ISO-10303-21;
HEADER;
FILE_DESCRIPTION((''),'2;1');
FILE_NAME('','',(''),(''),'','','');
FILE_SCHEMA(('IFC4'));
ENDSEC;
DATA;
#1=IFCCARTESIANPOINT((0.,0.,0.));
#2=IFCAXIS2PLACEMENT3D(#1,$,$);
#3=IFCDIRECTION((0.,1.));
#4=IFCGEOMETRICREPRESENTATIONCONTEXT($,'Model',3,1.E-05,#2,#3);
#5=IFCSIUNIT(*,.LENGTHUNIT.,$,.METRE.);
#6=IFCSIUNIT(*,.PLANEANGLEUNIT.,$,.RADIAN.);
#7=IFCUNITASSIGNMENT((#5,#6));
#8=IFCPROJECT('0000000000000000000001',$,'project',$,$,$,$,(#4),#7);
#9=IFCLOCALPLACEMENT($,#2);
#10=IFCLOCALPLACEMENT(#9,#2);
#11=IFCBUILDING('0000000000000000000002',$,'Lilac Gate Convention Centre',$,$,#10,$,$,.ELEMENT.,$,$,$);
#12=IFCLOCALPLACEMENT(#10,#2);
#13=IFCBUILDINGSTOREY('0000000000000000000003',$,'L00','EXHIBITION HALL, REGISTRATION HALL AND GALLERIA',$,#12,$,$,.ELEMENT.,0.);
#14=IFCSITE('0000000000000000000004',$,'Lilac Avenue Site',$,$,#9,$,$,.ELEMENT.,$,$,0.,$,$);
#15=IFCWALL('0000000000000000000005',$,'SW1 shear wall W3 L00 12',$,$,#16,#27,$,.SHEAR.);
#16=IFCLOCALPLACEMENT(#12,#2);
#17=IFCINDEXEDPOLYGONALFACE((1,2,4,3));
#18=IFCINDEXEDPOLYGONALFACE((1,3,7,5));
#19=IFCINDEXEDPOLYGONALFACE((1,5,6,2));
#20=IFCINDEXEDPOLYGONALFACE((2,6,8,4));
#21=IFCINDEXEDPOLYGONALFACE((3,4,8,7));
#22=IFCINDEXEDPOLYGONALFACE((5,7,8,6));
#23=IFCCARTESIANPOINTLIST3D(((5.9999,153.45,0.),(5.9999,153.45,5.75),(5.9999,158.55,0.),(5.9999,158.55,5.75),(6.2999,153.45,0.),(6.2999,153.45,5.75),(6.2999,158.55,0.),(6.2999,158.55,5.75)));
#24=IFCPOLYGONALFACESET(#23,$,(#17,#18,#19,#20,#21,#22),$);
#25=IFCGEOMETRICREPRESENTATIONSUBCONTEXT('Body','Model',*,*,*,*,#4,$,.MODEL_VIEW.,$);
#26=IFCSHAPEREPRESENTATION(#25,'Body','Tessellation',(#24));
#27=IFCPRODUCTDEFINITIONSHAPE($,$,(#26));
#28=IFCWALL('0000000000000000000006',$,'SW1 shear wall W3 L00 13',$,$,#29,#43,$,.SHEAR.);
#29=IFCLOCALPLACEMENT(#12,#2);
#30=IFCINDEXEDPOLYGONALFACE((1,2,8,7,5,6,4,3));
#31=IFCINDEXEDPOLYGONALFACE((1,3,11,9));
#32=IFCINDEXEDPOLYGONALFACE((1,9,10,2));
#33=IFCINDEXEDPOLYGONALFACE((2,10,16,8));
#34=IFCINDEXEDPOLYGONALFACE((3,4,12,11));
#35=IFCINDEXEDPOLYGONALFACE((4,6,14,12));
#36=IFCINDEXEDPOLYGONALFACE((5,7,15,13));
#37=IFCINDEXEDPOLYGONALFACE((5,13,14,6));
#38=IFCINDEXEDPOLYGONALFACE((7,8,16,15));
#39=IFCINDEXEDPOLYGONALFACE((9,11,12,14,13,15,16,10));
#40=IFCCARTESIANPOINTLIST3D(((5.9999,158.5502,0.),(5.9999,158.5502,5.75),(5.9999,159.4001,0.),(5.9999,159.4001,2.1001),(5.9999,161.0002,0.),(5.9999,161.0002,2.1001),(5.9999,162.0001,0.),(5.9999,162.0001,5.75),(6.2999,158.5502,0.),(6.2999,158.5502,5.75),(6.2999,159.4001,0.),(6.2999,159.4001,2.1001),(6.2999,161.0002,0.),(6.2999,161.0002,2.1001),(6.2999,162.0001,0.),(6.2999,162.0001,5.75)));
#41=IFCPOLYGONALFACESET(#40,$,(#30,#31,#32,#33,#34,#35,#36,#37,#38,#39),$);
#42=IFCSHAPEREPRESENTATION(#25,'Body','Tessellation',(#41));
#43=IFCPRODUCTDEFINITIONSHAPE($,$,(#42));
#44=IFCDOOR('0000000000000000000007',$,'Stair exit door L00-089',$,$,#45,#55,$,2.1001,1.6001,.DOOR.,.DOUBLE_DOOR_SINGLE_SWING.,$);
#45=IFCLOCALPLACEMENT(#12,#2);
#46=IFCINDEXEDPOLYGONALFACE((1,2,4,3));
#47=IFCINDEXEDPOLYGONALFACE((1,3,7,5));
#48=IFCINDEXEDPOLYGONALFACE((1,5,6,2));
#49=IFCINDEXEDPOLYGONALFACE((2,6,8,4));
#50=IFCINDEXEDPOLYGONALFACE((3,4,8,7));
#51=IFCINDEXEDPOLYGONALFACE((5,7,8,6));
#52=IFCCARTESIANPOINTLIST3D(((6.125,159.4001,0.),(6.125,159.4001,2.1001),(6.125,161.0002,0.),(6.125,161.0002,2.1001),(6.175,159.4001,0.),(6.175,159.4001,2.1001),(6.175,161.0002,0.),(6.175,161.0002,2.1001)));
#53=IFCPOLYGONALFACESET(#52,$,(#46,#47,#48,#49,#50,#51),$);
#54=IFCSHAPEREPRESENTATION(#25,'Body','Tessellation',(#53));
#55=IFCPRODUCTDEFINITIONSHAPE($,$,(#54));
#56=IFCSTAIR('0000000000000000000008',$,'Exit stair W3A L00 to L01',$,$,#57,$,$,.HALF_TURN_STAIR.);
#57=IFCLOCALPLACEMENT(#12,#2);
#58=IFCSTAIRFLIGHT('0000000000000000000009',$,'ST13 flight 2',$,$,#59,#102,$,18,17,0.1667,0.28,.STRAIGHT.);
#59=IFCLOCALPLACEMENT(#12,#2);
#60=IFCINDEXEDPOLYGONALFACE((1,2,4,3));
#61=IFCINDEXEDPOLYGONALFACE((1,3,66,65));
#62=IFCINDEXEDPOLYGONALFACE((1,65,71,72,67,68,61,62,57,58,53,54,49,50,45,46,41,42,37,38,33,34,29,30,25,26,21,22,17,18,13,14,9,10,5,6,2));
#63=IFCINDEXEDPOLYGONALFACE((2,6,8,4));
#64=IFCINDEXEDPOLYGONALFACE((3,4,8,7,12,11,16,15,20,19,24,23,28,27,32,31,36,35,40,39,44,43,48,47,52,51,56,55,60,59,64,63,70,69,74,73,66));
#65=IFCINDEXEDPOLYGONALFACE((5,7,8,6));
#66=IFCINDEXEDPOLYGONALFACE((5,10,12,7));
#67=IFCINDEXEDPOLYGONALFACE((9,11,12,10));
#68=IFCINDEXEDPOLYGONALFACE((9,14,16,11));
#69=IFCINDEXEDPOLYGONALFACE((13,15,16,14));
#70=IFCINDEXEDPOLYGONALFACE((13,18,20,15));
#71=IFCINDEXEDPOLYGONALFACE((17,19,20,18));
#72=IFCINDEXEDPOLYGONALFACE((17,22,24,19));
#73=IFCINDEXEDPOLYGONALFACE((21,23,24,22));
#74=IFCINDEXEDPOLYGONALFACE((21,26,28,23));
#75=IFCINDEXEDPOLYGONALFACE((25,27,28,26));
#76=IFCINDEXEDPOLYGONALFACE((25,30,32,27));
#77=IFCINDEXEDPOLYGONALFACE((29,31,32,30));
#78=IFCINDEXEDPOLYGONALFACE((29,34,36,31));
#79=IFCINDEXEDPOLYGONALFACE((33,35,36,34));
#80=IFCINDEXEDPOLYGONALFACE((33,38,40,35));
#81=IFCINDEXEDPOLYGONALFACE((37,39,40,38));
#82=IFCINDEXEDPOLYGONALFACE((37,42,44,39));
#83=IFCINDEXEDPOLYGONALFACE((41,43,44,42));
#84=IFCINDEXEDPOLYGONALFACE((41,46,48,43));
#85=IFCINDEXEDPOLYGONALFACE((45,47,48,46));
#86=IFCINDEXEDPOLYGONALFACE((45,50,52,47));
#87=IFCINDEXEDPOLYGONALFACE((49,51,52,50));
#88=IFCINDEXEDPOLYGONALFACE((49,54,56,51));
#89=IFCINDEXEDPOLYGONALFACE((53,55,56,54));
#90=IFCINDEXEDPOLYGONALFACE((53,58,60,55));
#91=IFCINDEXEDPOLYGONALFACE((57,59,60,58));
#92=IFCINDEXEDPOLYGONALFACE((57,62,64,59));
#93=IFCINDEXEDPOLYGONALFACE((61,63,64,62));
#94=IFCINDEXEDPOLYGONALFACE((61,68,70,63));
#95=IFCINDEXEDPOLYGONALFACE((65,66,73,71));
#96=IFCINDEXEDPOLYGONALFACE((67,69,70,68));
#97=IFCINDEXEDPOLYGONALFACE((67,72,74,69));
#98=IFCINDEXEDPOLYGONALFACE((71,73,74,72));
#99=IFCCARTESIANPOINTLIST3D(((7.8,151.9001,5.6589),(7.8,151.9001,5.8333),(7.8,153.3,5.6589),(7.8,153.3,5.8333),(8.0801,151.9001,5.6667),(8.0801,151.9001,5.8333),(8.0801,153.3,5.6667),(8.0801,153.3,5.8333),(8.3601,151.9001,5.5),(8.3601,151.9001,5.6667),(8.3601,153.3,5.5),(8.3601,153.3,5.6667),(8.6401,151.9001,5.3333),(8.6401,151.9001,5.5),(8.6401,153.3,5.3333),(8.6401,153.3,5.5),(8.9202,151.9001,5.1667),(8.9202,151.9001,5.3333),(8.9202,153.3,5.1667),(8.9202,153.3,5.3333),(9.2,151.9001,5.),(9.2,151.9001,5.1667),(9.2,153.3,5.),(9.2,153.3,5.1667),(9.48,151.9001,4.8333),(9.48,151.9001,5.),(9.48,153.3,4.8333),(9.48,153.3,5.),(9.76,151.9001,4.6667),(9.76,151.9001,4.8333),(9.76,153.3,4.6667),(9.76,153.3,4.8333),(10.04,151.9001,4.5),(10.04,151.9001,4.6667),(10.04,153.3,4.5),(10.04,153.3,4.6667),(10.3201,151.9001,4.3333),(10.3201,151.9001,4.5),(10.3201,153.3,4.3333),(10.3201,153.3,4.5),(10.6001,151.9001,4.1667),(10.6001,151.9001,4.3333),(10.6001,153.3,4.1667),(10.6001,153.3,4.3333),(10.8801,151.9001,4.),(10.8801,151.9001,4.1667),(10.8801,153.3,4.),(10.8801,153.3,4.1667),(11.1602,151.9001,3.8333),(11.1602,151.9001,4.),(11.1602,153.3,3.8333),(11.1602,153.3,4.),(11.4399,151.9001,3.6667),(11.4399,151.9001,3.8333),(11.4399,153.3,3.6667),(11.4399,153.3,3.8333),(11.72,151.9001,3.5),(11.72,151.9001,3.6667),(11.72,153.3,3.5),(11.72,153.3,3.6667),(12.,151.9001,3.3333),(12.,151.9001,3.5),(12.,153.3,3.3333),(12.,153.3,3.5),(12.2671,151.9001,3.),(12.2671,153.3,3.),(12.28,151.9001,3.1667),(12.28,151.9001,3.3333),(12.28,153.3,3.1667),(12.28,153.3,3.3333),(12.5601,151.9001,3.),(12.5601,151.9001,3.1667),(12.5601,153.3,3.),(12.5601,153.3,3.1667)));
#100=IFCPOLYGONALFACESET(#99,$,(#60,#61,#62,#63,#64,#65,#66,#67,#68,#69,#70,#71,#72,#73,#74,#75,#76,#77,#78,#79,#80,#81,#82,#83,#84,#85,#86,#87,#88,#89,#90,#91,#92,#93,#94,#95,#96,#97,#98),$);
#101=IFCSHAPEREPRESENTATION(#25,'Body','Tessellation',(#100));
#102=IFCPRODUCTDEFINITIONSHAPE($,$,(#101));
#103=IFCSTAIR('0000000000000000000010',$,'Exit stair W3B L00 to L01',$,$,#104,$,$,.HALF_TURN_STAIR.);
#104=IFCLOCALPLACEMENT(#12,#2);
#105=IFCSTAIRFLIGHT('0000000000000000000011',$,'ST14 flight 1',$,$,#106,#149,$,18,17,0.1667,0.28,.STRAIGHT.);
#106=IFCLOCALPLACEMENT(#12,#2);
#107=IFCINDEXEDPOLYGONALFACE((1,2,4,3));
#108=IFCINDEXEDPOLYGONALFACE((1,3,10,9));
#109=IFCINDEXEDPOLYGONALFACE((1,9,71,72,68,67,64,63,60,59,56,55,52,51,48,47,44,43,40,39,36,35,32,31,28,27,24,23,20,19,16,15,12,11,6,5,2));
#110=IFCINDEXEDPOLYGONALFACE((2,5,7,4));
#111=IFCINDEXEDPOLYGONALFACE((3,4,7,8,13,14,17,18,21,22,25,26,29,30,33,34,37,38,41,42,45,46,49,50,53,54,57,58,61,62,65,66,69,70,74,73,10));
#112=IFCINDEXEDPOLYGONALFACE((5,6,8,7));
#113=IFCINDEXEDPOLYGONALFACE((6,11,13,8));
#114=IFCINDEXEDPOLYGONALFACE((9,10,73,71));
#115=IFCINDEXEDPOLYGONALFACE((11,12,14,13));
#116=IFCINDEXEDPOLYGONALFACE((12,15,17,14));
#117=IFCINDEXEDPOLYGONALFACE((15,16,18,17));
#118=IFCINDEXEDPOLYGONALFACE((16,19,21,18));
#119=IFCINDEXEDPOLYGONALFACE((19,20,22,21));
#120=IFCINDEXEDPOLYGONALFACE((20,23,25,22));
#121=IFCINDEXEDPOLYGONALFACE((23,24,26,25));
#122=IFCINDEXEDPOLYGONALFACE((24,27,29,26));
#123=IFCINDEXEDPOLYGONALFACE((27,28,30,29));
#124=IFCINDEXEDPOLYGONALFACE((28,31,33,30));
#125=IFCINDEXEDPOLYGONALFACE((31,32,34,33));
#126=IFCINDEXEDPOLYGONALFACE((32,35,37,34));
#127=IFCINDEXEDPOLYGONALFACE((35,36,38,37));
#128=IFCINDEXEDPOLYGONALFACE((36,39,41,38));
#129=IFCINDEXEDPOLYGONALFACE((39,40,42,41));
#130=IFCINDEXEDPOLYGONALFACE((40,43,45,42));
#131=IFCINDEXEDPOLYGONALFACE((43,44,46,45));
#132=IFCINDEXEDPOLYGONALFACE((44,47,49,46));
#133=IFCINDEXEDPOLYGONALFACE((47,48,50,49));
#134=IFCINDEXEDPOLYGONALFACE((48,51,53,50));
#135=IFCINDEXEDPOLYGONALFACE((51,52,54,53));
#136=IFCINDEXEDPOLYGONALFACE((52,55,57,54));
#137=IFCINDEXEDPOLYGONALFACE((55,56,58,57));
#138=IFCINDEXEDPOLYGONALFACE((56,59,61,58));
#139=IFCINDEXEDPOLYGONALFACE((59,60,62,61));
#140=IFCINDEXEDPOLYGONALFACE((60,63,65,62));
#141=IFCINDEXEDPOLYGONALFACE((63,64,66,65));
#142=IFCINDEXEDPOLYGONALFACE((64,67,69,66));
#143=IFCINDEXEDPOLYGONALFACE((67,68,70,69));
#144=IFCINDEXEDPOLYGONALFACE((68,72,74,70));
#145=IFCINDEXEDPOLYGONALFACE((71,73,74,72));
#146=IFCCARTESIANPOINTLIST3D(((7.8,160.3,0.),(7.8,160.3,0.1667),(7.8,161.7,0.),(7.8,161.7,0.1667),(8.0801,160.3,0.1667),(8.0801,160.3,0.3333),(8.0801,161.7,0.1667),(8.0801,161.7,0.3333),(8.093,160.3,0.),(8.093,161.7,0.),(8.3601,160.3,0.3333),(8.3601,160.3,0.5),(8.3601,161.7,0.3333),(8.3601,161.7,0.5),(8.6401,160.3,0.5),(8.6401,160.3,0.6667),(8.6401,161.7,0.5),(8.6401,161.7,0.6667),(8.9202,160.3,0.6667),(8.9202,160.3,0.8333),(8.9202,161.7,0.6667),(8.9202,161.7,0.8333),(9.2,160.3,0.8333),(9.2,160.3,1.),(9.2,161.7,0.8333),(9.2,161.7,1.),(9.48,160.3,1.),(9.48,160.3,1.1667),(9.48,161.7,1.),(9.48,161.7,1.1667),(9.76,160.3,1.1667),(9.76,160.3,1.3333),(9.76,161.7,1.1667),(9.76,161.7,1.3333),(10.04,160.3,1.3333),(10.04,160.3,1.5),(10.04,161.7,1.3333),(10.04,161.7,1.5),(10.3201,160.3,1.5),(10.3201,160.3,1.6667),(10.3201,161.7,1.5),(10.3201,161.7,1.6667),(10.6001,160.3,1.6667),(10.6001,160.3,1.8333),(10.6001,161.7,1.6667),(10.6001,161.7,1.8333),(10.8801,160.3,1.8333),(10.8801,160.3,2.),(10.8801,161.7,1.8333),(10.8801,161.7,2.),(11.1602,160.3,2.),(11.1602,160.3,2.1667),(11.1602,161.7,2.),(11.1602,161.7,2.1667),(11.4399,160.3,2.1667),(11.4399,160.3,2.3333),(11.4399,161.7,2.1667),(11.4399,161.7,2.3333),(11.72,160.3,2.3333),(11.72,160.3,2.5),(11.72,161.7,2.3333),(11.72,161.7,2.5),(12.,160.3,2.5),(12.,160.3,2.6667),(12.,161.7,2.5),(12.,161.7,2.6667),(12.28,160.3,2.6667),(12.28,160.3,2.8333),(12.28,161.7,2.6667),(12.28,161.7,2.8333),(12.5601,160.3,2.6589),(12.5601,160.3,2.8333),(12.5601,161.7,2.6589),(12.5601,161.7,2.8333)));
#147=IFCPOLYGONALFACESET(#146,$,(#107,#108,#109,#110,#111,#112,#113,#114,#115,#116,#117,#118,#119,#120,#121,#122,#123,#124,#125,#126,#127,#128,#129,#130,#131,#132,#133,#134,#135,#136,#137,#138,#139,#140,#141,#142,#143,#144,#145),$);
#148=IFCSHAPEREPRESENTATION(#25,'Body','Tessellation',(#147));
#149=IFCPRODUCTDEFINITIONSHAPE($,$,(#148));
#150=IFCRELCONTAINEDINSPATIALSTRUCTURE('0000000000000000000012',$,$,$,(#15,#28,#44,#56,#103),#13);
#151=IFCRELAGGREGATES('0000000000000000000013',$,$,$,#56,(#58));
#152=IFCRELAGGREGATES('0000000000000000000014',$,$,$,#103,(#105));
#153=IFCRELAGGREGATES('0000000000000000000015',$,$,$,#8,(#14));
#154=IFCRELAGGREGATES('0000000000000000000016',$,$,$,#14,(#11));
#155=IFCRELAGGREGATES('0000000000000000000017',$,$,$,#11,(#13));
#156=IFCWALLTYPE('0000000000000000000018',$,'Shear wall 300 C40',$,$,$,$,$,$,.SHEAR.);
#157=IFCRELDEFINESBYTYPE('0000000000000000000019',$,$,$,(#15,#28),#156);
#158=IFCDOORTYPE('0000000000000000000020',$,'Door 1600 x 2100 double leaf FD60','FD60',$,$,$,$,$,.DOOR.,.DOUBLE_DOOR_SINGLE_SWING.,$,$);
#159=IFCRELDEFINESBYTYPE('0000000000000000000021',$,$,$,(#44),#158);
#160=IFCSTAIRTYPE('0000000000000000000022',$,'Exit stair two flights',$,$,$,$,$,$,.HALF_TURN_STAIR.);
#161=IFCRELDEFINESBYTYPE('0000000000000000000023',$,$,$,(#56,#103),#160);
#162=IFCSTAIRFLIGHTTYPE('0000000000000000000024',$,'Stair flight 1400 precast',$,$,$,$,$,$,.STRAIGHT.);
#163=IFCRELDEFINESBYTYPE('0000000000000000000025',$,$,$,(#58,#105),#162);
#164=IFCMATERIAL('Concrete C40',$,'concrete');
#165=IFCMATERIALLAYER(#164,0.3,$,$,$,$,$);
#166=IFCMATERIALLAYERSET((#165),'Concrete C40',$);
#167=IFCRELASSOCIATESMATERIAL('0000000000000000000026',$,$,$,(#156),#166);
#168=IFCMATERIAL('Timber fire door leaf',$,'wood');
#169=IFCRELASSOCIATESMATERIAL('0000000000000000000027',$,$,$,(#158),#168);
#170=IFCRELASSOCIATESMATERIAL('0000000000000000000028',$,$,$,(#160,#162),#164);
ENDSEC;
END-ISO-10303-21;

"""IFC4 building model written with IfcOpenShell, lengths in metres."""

from ifc_helpers import new_model, si_unit, direction, frame, frame_2d, origin, place, context, subcontext, project, spatial, polyline, rectangle, outline, extrude, material, layer, layer_set, type_object, element, fill, aggregate, save


model = new_model("IFC4")

# Units and contexts
model_context = context("Model", 3, precision=1e-05, world=origin(), true_north=direction((0.0, 1.0)))
body_context = subcontext(model_context, "Body", "Model", "MODEL_VIEW")
ifc_project = project(units=[si_unit("LENGTHUNIT", "METRE"), si_unit("PLANEANGLEUNIT", "RADIAN")], contexts=[model_context])

# Site, building, storey
site_placement = place(None, origin())
site = spatial("IfcSite", under=ifc_project, at=site_placement, Name="Lilac Avenue Site", CompositionType="ELEMENT", RefElevation=0.0)
building_placement = place(site_placement, origin())
building = spatial("IfcBuilding", under=site, at=building_placement, Name="Lilac Gate Convention Centre", CompositionType="ELEMENT")
storey_placement = place(building_placement, origin())
storey = spatial("IfcBuildingStorey", under=building, at=storey_placement, Name="L00", Description="EXHIBITION HALL, REGISTRATION HALL AND GALLERIA", CompositionType="ELEMENT", Elevation=0.0)

# Shared definitions
ifc_material_1 = material(Name="Timber fire door leaf", Category="wood")

# Shared definitions
ifc_material_2 = material(Name="Concrete C40", Category="concrete")
ifc_layer_1 = layer(ifc_material_2, 0.3)
ifc_layer_set_1 = layer_set([ifc_layer_1], Name="Concrete C40")
wall_type_1 = type_object("IfcWallType", Name="Shear wall 300 C40", PredefinedType="SHEAR", material=ifc_layer_set_1)

# Wall
wall_1_placement = place(storey_placement, frame((6.1499, 153.45, 0.0), z_axis=(0.0, 0.0, 1.0), x_axis=(0.0, 1.0, 0.0)))
element("IfcWall", 1, at=wall_1_placement, inside=storey, type_object=wall_type_1, Name="SW1 shear wall W3 L00 12", PredefinedType="SHEAR", context=body_context, shape_type="SweptSolid", body=[
    extrude(rectangle(XDim=5.1001, YDim=0.3, at=frame_2d((2.55, 0.0))), origin(), (0.0, 0.0, 1.0), 5.75),
])

# Wall, opening, door
wall_2_placement = place(storey_placement, frame((6.1499, 158.55, 0.0), z_axis=(0.0, 0.0, 1.0), x_axis=(0.0, 1.0, 0.0)))
wall_2 = element("IfcWall", 2, at=wall_2_placement, inside=storey, type_object=wall_type_1, Name="SW1 shear wall W3 L00 13", PredefinedType="SHEAR", context=body_context, shape_type="SweptSolid", body=[
    extrude(rectangle(XDim=3.45, YDim=0.3, at=frame_2d((1.7251, 0.0))), origin(), (0.0, 0.0, 1.0), 5.75),
])
opening_1_placement = place(wall_2_placement, frame((0.8501, 0.0, 0.0)))
opening_1 = element("IfcOpeningElement", 3, at=opening_1_placement, cuts=wall_2, PredefinedType="OPENING", context=body_context, shape_type="SweptSolid", body=[
    extrude(rectangle(XDim=1.6001, YDim=2.1001, at=frame_2d((0.8, 1.05))), frame((0.0, 0.1599, 0.0), z_axis=(0.0, -1.0, 0.0), x_axis=(1.0, 0.0, 0.0)), (0.0, 0.0, 1.0), 0.3201),
])
door_type_1 = type_object("IfcDoorType", Name="Door 1600 x 2100 double leaf FD60", Description="FD60", OperationType="DOUBLE_DOOR_SINGLE_SWING", PredefinedType="DOOR", material=ifc_material_1)
door_1_placement = place(opening_1_placement, origin())
door_1 = element("IfcDoor", 4, at=door_1_placement, inside=storey, type_object=door_type_1, Name="Stair exit door L00-089", OperationType="DOUBLE_DOOR_SINGLE_SWING", OverallHeight=2.1001, OverallWidth=1.6001, PredefinedType="DOOR", context=body_context, shape_type="SweptSolid", body=[
    extrude(rectangle(XDim=1.6001, YDim=2.1001, at=frame_2d((0.8, 1.05))), frame((0.0, 0.0249, 0.0), z_axis=(0.0, -1.0, 0.0), x_axis=(1.0, 0.0, 0.0)), (0.0, 0.0, 1.0), 0.05),
])
fill(opening_1, door_1)

# Stairs, stair flights
stair_type = type_object("IfcStairType", Name="Exit stair two flights", PredefinedType="HALF_TURN_STAIR", material=ifc_material_2)
stair_1_placement = place(storey_placement, origin())
stair_1 = element("IfcStair", 5, at=stair_1_placement, inside=storey, type_object=stair_type, Name="Exit stair W3A L00 to L01", PredefinedType="HALF_TURN_STAIR")
stair_flight_type = type_object("IfcStairFlightType", Name="Stair flight 1400 precast", PredefinedType="STRAIGHT", material=ifc_material_2)
stair_flight_1_placement = place(storey_placement, frame((12.5601, 152.6001, 3.0), z_axis=(0.0, 0.0, 1.0), x_axis=(-1.0, 0.0, 0.0)))
stair_flight_1 = element("IfcStairFlight", 6, at=stair_flight_1_placement, type_object=stair_flight_type, Name="ST13 flight 2", NumberOfRisers=18, NumberOfTreads=17, PredefinedType="STRAIGHT", RiserHeight=0.1667, TreadLength=0.28, context=body_context, shape_type="SweptSolid", body=[
    extrude(outline(polyline([(0.0, 0.0), (0.0, 0.1667), (0.28, 0.1667), (0.28, 0.3333), (0.5601, 0.3333), (0.5601, 0.5), (0.8401, 0.5), (0.8401, 0.6667), (1.1201, 0.6667), (1.1201, 0.8333), (1.3999, 0.8333), (1.3999, 1.0), (1.6799, 1.0), (1.6799, 1.1667), (1.96, 1.1667), (1.96, 1.3333), (2.24, 1.3333), (2.24, 1.5), (2.52, 1.5), (2.52, 1.6667), (2.8, 1.6667), (2.8, 1.8333), (3.0801, 1.8333), (3.0801, 2.0), (3.3601, 2.0), (3.3601, 2.1667), (3.6399, 2.1667), (3.6399, 2.3333), (3.9199, 2.3333), (3.9199, 2.5), (4.2, 2.5), (4.2, 2.6667), (4.48, 2.6667), (4.48, 2.8333), (4.76, 2.8333), (4.76, 3.0), (4.76, 2.6589), (0.293, 0.0), (0.0, 0.0)])), frame((0.0, 0.7, 0.0), z_axis=(0.0, -1.0, 0.0), x_axis=(1.0, 0.0, 0.0)), (0.0, 0.0, 1.0), 1.3999),
])
aggregate(stair_1, [stair_flight_1])
stair_2_placement = place(storey_placement, origin())
stair_2 = element("IfcStair", 7, at=stair_2_placement, inside=storey, type_object=stair_type, Name="Exit stair W3B L00 to L01", PredefinedType="HALF_TURN_STAIR")
stair_flight_2_placement = place(storey_placement, frame((7.8, 161.0, 0.0), z_axis=(0.0, 0.0, 1.0), x_axis=(1.0, 0.0, 0.0)))
stair_flight_2 = element("IfcStairFlight", 8, at=stair_flight_2_placement, type_object=stair_flight_type, Name="ST14 flight 1", NumberOfRisers=18, NumberOfTreads=17, PredefinedType="STRAIGHT", RiserHeight=0.1667, TreadLength=0.28, context=body_context, shape_type="SweptSolid", body=[
    extrude(outline(polyline([(0.0, 0.0), (0.0, 0.1667), (0.28, 0.1667), (0.28, 0.3333), (0.5601, 0.3333), (0.5601, 0.5), (0.8401, 0.5), (0.8401, 0.6667), (1.1201, 0.6667), (1.1201, 0.8333), (1.3999, 0.8333), (1.3999, 1.0), (1.6799, 1.0), (1.6799, 1.1667), (1.96, 1.1667), (1.96, 1.3333), (2.24, 1.3333), (2.24, 1.5), (2.52, 1.5), (2.52, 1.6667), (2.8, 1.6667), (2.8, 1.8333), (3.0801, 1.8333), (3.0801, 2.0), (3.3601, 2.0), (3.3601, 2.1667), (3.6399, 2.1667), (3.6399, 2.3333), (3.9199, 2.3333), (3.9199, 2.5), (4.2, 2.5), (4.2, 2.6667), (4.48, 2.6667), (4.48, 2.8333), (4.76, 2.8333), (4.76, 3.0), (4.76, 2.6589), (0.293, 0.0), (0.0, 0.0)])), frame((0.0, 0.7, 0.0), z_axis=(0.0, -1.0, 0.0), x_axis=(1.0, 0.0, 0.0)), (0.0, 0.0, 1.0), 1.3999),
])
aggregate(stair_2, [stair_flight_2])

save(model, "model.ifc")
